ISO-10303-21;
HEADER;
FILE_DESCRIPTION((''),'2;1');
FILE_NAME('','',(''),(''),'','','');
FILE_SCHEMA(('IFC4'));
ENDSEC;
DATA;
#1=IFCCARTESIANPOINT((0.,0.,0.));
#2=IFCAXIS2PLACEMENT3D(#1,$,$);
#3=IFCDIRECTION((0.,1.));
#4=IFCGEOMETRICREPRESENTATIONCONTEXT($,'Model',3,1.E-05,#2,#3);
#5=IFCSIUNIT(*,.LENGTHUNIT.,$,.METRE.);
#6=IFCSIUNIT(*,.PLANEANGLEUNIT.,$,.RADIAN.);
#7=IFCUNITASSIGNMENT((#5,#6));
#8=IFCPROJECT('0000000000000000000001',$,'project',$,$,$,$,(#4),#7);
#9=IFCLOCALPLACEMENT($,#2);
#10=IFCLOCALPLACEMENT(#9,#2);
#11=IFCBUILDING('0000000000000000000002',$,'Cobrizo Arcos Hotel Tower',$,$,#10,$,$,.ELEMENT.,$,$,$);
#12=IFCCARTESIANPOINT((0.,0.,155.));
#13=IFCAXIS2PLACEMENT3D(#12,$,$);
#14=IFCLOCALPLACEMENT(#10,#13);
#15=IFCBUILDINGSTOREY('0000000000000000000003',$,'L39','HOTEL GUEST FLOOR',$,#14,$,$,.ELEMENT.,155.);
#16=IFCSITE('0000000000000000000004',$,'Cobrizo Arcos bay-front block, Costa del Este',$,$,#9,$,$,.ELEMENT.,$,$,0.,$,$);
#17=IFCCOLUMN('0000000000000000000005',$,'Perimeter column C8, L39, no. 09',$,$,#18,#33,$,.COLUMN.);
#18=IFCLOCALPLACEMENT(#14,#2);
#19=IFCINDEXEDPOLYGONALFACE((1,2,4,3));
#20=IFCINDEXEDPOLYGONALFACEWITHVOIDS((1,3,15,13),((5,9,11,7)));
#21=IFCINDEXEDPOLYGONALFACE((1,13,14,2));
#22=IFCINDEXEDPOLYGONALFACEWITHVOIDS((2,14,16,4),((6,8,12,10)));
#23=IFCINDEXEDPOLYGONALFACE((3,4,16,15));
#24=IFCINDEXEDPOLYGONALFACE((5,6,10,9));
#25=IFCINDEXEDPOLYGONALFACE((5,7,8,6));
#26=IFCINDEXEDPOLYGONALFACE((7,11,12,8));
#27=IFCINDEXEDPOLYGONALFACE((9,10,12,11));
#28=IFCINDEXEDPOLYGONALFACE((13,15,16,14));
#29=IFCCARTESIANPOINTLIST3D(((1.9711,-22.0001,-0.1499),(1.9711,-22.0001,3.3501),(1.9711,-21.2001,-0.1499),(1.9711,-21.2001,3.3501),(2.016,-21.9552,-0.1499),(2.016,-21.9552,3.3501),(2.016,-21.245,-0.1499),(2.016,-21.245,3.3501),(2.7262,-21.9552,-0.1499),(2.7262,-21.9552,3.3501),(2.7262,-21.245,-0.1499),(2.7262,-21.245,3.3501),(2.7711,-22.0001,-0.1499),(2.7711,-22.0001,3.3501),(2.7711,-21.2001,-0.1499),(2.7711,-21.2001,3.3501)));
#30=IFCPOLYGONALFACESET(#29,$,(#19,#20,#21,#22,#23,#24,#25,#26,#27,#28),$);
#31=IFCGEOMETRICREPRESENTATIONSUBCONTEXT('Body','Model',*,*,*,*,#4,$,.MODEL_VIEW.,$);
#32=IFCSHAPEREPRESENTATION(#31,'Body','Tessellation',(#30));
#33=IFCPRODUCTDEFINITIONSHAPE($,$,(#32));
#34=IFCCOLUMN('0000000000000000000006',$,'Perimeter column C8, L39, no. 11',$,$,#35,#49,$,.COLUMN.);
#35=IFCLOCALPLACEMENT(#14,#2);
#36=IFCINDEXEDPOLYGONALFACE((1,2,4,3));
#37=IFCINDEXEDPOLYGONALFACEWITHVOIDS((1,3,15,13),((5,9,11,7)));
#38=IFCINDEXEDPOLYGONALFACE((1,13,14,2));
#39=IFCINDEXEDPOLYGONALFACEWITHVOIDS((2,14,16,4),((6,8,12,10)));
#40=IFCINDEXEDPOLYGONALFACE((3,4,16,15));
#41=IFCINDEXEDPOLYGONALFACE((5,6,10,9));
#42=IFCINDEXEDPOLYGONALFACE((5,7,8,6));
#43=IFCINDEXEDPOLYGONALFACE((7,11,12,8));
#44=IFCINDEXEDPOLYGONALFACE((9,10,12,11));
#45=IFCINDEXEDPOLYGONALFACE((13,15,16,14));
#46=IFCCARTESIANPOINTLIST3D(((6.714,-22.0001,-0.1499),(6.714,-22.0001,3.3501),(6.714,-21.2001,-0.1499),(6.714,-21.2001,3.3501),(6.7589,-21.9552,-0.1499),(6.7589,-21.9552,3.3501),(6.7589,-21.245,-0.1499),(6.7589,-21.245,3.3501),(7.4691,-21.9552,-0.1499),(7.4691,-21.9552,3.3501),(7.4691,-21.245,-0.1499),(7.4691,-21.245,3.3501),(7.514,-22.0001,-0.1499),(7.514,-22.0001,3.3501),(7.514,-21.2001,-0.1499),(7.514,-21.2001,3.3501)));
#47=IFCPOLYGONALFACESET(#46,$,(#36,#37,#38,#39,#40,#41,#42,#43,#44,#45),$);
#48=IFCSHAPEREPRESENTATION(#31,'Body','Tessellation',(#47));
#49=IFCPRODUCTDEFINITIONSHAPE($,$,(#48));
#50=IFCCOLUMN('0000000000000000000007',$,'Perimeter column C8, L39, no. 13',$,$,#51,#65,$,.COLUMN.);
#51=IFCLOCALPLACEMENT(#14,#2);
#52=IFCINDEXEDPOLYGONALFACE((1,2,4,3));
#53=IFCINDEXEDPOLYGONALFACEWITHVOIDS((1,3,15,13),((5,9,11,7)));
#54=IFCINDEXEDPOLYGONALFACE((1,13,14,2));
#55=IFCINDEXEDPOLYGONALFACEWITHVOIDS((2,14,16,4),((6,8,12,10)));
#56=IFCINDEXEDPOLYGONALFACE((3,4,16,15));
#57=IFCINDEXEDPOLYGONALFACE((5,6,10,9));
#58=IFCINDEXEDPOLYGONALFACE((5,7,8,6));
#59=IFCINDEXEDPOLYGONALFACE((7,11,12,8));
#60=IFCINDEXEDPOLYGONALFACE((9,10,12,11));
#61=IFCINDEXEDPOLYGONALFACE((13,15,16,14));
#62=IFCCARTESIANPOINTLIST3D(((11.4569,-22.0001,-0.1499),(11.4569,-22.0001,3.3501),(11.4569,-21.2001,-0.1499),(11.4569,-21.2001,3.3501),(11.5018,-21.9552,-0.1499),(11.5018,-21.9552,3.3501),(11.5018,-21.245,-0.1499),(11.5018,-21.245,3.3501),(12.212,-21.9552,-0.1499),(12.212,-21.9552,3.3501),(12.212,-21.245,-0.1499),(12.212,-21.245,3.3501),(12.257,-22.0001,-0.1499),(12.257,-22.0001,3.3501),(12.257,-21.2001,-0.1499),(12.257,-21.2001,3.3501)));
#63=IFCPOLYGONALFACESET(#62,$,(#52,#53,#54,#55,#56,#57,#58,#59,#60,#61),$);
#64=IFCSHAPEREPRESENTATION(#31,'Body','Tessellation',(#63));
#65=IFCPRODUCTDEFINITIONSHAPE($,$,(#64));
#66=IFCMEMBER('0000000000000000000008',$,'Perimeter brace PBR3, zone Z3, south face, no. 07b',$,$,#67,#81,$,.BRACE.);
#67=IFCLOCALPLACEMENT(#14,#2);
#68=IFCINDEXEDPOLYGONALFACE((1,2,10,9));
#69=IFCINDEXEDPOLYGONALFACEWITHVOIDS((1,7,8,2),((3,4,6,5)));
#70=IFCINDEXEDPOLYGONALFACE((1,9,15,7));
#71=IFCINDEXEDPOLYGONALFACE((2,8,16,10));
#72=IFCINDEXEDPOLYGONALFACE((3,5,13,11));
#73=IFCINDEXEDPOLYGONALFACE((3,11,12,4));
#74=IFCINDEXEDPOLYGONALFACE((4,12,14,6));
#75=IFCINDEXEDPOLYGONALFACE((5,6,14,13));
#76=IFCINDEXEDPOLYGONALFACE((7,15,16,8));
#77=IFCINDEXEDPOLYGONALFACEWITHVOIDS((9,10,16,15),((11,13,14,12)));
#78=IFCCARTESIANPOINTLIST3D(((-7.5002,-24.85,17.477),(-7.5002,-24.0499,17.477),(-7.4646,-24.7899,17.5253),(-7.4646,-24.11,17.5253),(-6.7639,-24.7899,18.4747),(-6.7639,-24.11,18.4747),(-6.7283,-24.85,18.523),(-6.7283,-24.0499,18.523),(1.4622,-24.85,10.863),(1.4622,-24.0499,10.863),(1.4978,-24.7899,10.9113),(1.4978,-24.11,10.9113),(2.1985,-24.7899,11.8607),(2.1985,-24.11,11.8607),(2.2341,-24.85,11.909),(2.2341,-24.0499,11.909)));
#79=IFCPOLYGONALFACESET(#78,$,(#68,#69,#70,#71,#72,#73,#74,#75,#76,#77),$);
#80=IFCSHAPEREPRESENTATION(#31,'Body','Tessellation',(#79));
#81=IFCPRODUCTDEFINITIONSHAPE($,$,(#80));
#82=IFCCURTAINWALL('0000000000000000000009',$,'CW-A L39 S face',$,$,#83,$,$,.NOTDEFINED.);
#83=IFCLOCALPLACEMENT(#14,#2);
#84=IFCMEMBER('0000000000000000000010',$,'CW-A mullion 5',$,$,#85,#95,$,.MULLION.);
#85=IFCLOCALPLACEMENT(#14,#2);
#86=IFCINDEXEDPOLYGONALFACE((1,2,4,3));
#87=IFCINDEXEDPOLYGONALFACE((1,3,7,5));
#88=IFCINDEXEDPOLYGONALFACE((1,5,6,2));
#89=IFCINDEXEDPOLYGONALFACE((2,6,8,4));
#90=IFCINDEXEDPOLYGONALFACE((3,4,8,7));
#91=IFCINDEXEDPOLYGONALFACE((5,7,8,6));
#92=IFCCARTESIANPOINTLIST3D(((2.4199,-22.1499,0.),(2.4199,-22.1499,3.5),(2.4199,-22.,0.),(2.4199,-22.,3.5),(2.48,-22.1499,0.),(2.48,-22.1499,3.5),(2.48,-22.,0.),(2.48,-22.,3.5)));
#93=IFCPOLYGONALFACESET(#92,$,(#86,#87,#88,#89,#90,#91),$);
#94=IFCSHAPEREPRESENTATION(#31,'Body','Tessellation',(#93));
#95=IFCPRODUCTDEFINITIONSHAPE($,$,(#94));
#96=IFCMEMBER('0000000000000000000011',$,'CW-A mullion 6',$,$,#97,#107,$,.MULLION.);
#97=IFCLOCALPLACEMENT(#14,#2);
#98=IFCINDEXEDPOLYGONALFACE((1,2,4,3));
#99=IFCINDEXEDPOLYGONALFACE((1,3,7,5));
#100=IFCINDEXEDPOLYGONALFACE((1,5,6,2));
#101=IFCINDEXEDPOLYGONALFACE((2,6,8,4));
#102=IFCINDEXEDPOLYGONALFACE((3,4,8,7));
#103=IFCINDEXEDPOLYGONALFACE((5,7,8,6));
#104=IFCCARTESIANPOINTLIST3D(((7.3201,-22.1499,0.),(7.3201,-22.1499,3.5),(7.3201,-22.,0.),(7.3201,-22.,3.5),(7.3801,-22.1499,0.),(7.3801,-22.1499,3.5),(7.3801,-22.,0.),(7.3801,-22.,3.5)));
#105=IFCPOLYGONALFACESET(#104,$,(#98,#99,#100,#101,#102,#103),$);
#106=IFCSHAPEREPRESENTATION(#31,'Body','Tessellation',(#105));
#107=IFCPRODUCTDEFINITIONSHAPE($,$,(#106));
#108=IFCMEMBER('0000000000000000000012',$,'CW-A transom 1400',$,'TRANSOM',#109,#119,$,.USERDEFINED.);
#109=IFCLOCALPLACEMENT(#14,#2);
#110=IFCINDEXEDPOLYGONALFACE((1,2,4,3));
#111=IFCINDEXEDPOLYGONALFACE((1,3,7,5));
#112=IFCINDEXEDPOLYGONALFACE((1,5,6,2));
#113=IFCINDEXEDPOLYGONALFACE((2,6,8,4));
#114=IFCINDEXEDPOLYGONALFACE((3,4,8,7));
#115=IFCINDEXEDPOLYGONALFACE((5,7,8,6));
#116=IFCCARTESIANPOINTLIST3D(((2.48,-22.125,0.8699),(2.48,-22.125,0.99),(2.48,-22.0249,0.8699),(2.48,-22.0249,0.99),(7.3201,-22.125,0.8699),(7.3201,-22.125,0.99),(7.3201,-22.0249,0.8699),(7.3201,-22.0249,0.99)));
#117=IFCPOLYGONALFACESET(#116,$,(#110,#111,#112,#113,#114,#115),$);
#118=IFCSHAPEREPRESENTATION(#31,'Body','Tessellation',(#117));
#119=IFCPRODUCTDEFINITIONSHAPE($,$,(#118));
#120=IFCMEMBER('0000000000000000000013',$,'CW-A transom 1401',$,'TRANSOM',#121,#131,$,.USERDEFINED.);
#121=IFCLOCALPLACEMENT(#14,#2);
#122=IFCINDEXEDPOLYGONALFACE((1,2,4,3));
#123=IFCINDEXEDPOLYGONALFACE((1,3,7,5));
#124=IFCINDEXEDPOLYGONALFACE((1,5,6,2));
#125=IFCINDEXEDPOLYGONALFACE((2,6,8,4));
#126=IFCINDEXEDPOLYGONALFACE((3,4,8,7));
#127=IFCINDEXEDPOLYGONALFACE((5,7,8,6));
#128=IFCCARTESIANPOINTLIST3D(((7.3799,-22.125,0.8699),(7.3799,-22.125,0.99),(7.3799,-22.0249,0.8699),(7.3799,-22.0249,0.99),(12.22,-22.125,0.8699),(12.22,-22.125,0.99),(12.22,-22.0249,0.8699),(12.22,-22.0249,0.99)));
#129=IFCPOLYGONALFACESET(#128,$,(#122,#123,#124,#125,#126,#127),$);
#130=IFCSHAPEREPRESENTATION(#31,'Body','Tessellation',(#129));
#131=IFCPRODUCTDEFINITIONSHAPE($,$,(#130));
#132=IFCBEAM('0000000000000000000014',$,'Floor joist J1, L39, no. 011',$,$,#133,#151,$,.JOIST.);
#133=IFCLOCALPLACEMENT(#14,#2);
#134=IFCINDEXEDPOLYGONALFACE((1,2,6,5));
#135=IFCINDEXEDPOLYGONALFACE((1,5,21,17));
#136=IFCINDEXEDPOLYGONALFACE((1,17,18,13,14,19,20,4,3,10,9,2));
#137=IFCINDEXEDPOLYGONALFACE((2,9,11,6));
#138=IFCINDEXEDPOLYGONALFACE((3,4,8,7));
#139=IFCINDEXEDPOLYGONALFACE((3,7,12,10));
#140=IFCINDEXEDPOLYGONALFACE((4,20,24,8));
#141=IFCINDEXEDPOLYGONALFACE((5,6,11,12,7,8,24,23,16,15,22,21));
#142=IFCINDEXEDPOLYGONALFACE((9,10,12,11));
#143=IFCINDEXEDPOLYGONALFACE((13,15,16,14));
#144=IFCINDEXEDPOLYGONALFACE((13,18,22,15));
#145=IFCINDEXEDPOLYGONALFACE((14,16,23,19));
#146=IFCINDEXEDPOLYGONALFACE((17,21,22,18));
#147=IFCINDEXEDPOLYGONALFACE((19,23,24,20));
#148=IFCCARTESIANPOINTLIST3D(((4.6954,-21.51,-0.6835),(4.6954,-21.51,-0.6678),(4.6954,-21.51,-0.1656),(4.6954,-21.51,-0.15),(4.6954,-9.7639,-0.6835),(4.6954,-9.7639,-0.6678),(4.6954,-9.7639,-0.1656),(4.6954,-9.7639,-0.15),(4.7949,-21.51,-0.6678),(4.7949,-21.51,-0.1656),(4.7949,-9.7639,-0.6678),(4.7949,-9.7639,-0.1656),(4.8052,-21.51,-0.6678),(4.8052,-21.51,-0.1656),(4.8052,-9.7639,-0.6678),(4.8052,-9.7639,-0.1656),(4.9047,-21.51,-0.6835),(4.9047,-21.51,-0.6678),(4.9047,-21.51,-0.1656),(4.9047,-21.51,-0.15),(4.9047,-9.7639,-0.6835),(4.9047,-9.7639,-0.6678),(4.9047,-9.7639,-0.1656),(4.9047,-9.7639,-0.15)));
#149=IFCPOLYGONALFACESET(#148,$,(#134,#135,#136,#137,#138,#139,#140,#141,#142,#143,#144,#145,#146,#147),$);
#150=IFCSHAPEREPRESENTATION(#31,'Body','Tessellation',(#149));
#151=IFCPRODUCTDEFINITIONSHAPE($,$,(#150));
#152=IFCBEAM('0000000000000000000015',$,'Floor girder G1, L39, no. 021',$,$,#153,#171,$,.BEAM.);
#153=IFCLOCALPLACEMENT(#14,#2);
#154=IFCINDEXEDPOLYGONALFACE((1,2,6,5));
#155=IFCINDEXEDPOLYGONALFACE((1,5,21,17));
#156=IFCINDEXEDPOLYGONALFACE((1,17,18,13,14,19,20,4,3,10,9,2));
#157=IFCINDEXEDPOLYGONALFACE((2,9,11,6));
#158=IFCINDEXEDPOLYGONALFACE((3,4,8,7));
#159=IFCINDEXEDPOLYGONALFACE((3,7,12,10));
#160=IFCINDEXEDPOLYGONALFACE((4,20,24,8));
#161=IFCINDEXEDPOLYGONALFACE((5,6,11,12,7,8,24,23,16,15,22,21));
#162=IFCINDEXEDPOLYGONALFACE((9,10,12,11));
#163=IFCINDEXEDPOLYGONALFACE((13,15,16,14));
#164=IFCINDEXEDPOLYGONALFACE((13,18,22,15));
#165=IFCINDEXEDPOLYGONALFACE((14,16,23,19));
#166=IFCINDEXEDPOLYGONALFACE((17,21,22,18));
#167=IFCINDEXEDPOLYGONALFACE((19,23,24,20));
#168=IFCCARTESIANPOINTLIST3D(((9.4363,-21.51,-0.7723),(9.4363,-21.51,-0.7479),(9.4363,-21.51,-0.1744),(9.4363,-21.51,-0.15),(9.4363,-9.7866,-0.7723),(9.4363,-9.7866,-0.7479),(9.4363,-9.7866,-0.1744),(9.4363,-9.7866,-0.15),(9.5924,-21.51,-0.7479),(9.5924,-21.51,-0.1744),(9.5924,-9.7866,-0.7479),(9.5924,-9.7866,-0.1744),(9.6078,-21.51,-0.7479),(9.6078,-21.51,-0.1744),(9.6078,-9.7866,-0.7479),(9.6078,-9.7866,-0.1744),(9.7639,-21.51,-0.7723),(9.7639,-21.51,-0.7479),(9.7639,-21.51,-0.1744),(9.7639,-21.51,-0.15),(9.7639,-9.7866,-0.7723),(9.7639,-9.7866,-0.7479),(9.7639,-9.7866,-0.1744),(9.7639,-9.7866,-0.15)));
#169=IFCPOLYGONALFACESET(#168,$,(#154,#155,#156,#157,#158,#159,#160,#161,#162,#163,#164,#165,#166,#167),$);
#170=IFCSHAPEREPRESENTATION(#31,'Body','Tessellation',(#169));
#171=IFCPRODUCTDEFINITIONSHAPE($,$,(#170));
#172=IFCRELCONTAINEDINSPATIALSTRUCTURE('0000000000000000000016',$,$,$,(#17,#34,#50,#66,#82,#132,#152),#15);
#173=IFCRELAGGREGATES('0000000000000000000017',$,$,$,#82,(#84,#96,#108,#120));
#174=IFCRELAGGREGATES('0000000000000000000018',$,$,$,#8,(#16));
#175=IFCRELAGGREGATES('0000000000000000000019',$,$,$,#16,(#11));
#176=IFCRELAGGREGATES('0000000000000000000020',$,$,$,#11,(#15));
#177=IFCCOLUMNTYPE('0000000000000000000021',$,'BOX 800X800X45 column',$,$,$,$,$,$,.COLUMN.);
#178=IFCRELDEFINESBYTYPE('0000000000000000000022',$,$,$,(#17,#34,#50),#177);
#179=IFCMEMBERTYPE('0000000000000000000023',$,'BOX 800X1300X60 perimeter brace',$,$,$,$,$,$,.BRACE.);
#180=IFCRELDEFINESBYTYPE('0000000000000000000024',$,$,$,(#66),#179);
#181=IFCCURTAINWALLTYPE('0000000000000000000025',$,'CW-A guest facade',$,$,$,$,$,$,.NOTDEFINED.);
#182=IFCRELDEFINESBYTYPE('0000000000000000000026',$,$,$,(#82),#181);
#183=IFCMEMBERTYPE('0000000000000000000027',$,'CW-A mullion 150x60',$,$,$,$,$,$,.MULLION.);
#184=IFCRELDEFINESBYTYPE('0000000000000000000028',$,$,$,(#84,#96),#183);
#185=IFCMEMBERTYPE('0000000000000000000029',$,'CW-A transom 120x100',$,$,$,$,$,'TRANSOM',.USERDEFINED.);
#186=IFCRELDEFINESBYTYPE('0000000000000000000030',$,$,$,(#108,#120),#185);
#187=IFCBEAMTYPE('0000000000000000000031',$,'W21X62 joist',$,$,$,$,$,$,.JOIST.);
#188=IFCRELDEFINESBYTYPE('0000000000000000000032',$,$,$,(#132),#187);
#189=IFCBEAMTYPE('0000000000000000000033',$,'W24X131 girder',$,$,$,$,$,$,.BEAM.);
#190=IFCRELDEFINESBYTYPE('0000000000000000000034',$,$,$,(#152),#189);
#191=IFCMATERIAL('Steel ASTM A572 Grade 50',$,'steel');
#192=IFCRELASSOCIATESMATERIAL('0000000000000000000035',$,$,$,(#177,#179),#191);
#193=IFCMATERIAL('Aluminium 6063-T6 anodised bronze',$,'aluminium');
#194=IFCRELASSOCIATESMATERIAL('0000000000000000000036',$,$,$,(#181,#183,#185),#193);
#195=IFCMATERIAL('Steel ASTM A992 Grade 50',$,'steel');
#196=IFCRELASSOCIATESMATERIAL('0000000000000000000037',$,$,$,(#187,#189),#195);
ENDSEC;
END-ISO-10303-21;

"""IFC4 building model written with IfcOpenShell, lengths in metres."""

from ifc_helpers import new_model, si_unit, direction, frame, origin, origin_2d, place, context, subcontext, project, spatial, rectangle, hollow_rectangle, i_section, extrude, material, material_profile, profile_set, type_object, element, aggregate, save


model = new_model("IFC4")

# Units and contexts
model_context = context("Model", 3, precision=1e-05, world=origin(), true_north=direction((0.0, 1.0)))
body_context = subcontext(model_context, "Body", "Model", "MODEL_VIEW")
ifc_project = project(units=[si_unit("LENGTHUNIT", "METRE"), si_unit("PLANEANGLEUNIT", "RADIAN")], contexts=[model_context])

# Site, building, storey
site_placement = place(None, origin())
site = spatial("IfcSite", under=ifc_project, at=site_placement, Name="Cobrizo Arcos bay-front block, Costa del Este", CompositionType="ELEMENT", RefElevation=0.0)
building_placement = place(site_placement, origin())
building = spatial("IfcBuilding", under=site, at=building_placement, Name="Cobrizo Arcos Hotel Tower", CompositionType="ELEMENT")
storey_placement = place(building_placement, frame((0.0, 0.0, 155.0)))
storey = spatial("IfcBuildingStorey", under=building, at=storey_placement, Name="L39", Description="HOTEL GUEST FLOOR", CompositionType="ELEMENT", Elevation=155.0)

# Columns
ifc_material_1 = material(Name="Steel ASTM A572 Grade 50", Category="steel")
ifc_material_profile_1 = material_profile(ifc_material_1, hollow_rectangle(XDim=0.8, YDim=0.8, WallThickness=0.0449, at=origin_2d()), Name="BOX 800X800X45")
ifc_profile_set_1 = profile_set([ifc_material_profile_1], Name="Steel ASTM A572 Grade 50")
column_type = type_object("IfcColumnType", Name="BOX 800X800X45 column", PredefinedType="COLUMN", material=ifc_profile_set_1)
for number, where, z_axis, x_axis, name in (
    (1, (2.3711, -21.6001, -0.1499), (0.0, 0.0, 1.0), (1.0, 0.0, 0.0), "Perimeter column C8, L39, no. 09"),
    (2, (7.114, -21.6001, -0.1499), (0.0, 0.0, 1.0), (1.0, 0.0, 0.0), "Perimeter column C8, L39, no. 11"),
    (3, (11.8569, -21.6001, -0.1499), (0.0, 0.0, 1.0), (1.0, 0.0, 0.0), "Perimeter column C8, L39, no. 13"),
):
    element("IfcColumn", number, at=place(storey_placement, frame(where, z_axis=z_axis, x_axis=x_axis)), inside=storey, type_object=column_type, Name=name, PredefinedType="COLUMN", context=body_context, shape_type="SweptSolid", body=[
        extrude(hollow_rectangle(XDim=0.8, YDim=0.8, WallThickness=0.0449, at=origin_2d()), origin(), (0.0, 0.0, 1.0), 3.5),
    ])

# Member
ifc_material_profile_2 = material_profile(ifc_material_1, hollow_rectangle(XDim=0.8, YDim=1.3, WallThickness=0.0601, at=origin_2d()), Name="BOX 800X1300X60")
ifc_profile_set_2 = profile_set([ifc_material_profile_2], Name="Steel ASTM A572 Grade 50")
member_type_1 = type_object("IfcMemberType", Name="BOX 800X1300X60 perimeter brace", PredefinedType="BRACE", material=ifc_profile_set_2)
member_1_placement = place(storey_placement, frame((1.8481, -24.45, 11.386), z_axis=(-0.804621, 0.0, 0.593789), x_axis=(0.0, -1.0, 0.0)))
element("IfcMember", 4, at=member_1_placement, inside=storey, type_object=member_type_1, Name="Perimeter brace PBR3, zone Z3, south face, no. 07b", PredefinedType="BRACE", context=body_context, shape_type="SweptSolid", body=[
    extrude(hollow_rectangle(XDim=0.8, YDim=1.3, WallThickness=0.0601, at=origin_2d()), origin(), (0.0, 0.0, 1.0), 11.1387),
])

# Curtain wall, members
ifc_material_2 = material(Name="Aluminium 6063-T6 anodised bronze", Category="aluminium")
curtain_wall_type = type_object("IfcCurtainWallType", Name="CW-A guest facade", PredefinedType="NOTDEFINED", material=ifc_material_2)
curtain_wall_placement = place(storey_placement, origin())
curtain_wall = element("IfcCurtainWall", 5, at=curtain_wall_placement, inside=storey, type_object=curtain_wall_type, Name="CW-A L39 S face", PredefinedType="NOTDEFINED")
ifc_material_profile_3 = material_profile(ifc_material_2, rectangle(XDim=0.1499, YDim=0.0601, at=origin_2d()), Name="CW-A mullion 150x60")
ifc_profile_set_3 = profile_set([ifc_material_profile_3], Name="Aluminium 6063-T6 anodised bronze")
member_type_2 = type_object("IfcMemberType", Name="CW-A mullion 150x60", PredefinedType="MULLION", material=ifc_profile_set_3)
member_2_placement = place(storey_placement, frame((2.45, -22.075, 0.0), z_axis=(0.0, 0.0, 1.0), x_axis=(0.0, -1.0, 0.0)))
member_2 = element("IfcMember", 6, at=member_2_placement, type_object=member_type_2, Name="CW-A mullion 5", PredefinedType="MULLION", context=body_context, shape_type="SweptSolid", body=[
    extrude(rectangle(XDim=0.1499, YDim=0.0601, at=origin_2d()), origin(), (0.0, 0.0, 1.0), 3.5),
])
member_3_placement = place(storey_placement, frame((7.3501, -22.075, 0.0), z_axis=(0.0, 0.0, 1.0), x_axis=(0.0, -1.0, 0.0)))
member_3 = element("IfcMember", 7, at=member_3_placement, type_object=member_type_2, Name="CW-A mullion 6", PredefinedType="MULLION", context=body_context, shape_type="SweptSolid", body=[
    extrude(rectangle(XDim=0.1499, YDim=0.0601, at=origin_2d()), origin(), (0.0, 0.0, 1.0), 3.5),
])
ifc_material_profile_4 = material_profile(ifc_material_2, rectangle(XDim=0.1001, YDim=0.1201, at=origin_2d()), Name="CW-A transom 120x100")
ifc_profile_set_4 = profile_set([ifc_material_profile_4], Name="Aluminium 6063-T6 anodised bronze")
member_type_3 = type_object("IfcMemberType", Name="CW-A transom 120x100", ElementType="TRANSOM", PredefinedType="USERDEFINED", material=ifc_profile_set_4)
member_4_placement = place(storey_placement, frame((2.48, -22.075, 0.9299), z_axis=(1.0, 0.0, 0.0), x_axis=(0.0, 1.0, 0.0)))
member_4 = element("IfcMember", 8, at=member_4_placement, type_object=member_type_3, Name="CW-A transom 1400", ObjectType="TRANSOM", PredefinedType="USERDEFINED", context=body_context, shape_type="SweptSolid", body=[
    extrude(rectangle(XDim=0.1001, YDim=0.1201, at=origin_2d()), origin(), (0.0, 0.0, 1.0), 4.8401),
])
member_5_placement = place(storey_placement, frame((7.3799, -22.075, 0.9299), z_axis=(1.0, 0.0, 0.0), x_axis=(0.0, 1.0, 0.0)))
member_5 = element("IfcMember", 9, at=member_5_placement, type_object=member_type_3, Name="CW-A transom 1401", ObjectType="TRANSOM", PredefinedType="USERDEFINED", context=body_context, shape_type="SweptSolid", body=[
    extrude(rectangle(XDim=0.1001, YDim=0.1201, at=origin_2d()), origin(), (0.0, 0.0, 1.0), 4.8401),
])

# Beams
ifc_material_3 = material(Name="Steel ASTM A992 Grade 50", Category="steel")
ifc_material_profile_5 = material_profile(ifc_material_3, i_section(OverallWidth=0.2092, OverallDepth=0.5334, WebThickness=0.0103, FlangeThickness=0.0156, at=origin_2d()), Name="W21X62")
ifc_profile_set_5 = profile_set([ifc_material_profile_5], Name="Steel ASTM A992 Grade 50")
beam_type_1 = type_object("IfcBeamType", Name="W21X62 joist", PredefinedType="JOIST", material=ifc_profile_set_5)
beam_1_placement = place(storey_placement, frame((4.8, -21.51, -0.4167), z_axis=(0.0, 1.0, 0.0), x_axis=(-1.0, 0.0, 0.0)))
element("IfcBeam", 10, at=beam_1_placement, inside=storey, type_object=beam_type_1, Name="Floor joist J1, L39, no. 011", PredefinedType="JOIST", context=body_context, shape_type="SweptSolid", body=[
    extrude(i_section(OverallWidth=0.2092, OverallDepth=0.5334, WebThickness=0.0103, FlangeThickness=0.0156, at=origin_2d()), origin(), (0.0, 0.0, 1.0), 11.7461),
])
ifc_material_profile_6 = material_profile(ifc_material_3, i_section(OverallWidth=0.3276, OverallDepth=0.6223, WebThickness=0.0154, FlangeThickness=0.0244, at=origin_2d()), Name="W24X131")
ifc_profile_set_6 = profile_set([ifc_material_profile_6], Name="Steel ASTM A992 Grade 50")
beam_type_2 = type_object("IfcBeamType", Name="W24X131 girder", PredefinedType="BEAM", material=ifc_profile_set_6)
beam_2_placement = place(storey_placement, frame((9.6001, -21.51, -0.4612), z_axis=(0.0, 1.0, 0.0), x_axis=(-1.0, 0.0, 0.0)))
element("IfcBeam", 11, at=beam_2_placement, inside=storey, type_object=beam_type_2, Name="Floor girder G1, L39, no. 021", PredefinedType="BEAM", context=body_context, shape_type="SweptSolid", body=[
    extrude(i_section(OverallWidth=0.3276, OverallDepth=0.6223, WebThickness=0.0154, FlangeThickness=0.0244, at=origin_2d()), origin(), (0.0, 0.0, 1.0), 11.7234),
])

aggregate(curtain_wall, [member_2, member_3, member_4, member_5])

save(model, "model.ifc")
